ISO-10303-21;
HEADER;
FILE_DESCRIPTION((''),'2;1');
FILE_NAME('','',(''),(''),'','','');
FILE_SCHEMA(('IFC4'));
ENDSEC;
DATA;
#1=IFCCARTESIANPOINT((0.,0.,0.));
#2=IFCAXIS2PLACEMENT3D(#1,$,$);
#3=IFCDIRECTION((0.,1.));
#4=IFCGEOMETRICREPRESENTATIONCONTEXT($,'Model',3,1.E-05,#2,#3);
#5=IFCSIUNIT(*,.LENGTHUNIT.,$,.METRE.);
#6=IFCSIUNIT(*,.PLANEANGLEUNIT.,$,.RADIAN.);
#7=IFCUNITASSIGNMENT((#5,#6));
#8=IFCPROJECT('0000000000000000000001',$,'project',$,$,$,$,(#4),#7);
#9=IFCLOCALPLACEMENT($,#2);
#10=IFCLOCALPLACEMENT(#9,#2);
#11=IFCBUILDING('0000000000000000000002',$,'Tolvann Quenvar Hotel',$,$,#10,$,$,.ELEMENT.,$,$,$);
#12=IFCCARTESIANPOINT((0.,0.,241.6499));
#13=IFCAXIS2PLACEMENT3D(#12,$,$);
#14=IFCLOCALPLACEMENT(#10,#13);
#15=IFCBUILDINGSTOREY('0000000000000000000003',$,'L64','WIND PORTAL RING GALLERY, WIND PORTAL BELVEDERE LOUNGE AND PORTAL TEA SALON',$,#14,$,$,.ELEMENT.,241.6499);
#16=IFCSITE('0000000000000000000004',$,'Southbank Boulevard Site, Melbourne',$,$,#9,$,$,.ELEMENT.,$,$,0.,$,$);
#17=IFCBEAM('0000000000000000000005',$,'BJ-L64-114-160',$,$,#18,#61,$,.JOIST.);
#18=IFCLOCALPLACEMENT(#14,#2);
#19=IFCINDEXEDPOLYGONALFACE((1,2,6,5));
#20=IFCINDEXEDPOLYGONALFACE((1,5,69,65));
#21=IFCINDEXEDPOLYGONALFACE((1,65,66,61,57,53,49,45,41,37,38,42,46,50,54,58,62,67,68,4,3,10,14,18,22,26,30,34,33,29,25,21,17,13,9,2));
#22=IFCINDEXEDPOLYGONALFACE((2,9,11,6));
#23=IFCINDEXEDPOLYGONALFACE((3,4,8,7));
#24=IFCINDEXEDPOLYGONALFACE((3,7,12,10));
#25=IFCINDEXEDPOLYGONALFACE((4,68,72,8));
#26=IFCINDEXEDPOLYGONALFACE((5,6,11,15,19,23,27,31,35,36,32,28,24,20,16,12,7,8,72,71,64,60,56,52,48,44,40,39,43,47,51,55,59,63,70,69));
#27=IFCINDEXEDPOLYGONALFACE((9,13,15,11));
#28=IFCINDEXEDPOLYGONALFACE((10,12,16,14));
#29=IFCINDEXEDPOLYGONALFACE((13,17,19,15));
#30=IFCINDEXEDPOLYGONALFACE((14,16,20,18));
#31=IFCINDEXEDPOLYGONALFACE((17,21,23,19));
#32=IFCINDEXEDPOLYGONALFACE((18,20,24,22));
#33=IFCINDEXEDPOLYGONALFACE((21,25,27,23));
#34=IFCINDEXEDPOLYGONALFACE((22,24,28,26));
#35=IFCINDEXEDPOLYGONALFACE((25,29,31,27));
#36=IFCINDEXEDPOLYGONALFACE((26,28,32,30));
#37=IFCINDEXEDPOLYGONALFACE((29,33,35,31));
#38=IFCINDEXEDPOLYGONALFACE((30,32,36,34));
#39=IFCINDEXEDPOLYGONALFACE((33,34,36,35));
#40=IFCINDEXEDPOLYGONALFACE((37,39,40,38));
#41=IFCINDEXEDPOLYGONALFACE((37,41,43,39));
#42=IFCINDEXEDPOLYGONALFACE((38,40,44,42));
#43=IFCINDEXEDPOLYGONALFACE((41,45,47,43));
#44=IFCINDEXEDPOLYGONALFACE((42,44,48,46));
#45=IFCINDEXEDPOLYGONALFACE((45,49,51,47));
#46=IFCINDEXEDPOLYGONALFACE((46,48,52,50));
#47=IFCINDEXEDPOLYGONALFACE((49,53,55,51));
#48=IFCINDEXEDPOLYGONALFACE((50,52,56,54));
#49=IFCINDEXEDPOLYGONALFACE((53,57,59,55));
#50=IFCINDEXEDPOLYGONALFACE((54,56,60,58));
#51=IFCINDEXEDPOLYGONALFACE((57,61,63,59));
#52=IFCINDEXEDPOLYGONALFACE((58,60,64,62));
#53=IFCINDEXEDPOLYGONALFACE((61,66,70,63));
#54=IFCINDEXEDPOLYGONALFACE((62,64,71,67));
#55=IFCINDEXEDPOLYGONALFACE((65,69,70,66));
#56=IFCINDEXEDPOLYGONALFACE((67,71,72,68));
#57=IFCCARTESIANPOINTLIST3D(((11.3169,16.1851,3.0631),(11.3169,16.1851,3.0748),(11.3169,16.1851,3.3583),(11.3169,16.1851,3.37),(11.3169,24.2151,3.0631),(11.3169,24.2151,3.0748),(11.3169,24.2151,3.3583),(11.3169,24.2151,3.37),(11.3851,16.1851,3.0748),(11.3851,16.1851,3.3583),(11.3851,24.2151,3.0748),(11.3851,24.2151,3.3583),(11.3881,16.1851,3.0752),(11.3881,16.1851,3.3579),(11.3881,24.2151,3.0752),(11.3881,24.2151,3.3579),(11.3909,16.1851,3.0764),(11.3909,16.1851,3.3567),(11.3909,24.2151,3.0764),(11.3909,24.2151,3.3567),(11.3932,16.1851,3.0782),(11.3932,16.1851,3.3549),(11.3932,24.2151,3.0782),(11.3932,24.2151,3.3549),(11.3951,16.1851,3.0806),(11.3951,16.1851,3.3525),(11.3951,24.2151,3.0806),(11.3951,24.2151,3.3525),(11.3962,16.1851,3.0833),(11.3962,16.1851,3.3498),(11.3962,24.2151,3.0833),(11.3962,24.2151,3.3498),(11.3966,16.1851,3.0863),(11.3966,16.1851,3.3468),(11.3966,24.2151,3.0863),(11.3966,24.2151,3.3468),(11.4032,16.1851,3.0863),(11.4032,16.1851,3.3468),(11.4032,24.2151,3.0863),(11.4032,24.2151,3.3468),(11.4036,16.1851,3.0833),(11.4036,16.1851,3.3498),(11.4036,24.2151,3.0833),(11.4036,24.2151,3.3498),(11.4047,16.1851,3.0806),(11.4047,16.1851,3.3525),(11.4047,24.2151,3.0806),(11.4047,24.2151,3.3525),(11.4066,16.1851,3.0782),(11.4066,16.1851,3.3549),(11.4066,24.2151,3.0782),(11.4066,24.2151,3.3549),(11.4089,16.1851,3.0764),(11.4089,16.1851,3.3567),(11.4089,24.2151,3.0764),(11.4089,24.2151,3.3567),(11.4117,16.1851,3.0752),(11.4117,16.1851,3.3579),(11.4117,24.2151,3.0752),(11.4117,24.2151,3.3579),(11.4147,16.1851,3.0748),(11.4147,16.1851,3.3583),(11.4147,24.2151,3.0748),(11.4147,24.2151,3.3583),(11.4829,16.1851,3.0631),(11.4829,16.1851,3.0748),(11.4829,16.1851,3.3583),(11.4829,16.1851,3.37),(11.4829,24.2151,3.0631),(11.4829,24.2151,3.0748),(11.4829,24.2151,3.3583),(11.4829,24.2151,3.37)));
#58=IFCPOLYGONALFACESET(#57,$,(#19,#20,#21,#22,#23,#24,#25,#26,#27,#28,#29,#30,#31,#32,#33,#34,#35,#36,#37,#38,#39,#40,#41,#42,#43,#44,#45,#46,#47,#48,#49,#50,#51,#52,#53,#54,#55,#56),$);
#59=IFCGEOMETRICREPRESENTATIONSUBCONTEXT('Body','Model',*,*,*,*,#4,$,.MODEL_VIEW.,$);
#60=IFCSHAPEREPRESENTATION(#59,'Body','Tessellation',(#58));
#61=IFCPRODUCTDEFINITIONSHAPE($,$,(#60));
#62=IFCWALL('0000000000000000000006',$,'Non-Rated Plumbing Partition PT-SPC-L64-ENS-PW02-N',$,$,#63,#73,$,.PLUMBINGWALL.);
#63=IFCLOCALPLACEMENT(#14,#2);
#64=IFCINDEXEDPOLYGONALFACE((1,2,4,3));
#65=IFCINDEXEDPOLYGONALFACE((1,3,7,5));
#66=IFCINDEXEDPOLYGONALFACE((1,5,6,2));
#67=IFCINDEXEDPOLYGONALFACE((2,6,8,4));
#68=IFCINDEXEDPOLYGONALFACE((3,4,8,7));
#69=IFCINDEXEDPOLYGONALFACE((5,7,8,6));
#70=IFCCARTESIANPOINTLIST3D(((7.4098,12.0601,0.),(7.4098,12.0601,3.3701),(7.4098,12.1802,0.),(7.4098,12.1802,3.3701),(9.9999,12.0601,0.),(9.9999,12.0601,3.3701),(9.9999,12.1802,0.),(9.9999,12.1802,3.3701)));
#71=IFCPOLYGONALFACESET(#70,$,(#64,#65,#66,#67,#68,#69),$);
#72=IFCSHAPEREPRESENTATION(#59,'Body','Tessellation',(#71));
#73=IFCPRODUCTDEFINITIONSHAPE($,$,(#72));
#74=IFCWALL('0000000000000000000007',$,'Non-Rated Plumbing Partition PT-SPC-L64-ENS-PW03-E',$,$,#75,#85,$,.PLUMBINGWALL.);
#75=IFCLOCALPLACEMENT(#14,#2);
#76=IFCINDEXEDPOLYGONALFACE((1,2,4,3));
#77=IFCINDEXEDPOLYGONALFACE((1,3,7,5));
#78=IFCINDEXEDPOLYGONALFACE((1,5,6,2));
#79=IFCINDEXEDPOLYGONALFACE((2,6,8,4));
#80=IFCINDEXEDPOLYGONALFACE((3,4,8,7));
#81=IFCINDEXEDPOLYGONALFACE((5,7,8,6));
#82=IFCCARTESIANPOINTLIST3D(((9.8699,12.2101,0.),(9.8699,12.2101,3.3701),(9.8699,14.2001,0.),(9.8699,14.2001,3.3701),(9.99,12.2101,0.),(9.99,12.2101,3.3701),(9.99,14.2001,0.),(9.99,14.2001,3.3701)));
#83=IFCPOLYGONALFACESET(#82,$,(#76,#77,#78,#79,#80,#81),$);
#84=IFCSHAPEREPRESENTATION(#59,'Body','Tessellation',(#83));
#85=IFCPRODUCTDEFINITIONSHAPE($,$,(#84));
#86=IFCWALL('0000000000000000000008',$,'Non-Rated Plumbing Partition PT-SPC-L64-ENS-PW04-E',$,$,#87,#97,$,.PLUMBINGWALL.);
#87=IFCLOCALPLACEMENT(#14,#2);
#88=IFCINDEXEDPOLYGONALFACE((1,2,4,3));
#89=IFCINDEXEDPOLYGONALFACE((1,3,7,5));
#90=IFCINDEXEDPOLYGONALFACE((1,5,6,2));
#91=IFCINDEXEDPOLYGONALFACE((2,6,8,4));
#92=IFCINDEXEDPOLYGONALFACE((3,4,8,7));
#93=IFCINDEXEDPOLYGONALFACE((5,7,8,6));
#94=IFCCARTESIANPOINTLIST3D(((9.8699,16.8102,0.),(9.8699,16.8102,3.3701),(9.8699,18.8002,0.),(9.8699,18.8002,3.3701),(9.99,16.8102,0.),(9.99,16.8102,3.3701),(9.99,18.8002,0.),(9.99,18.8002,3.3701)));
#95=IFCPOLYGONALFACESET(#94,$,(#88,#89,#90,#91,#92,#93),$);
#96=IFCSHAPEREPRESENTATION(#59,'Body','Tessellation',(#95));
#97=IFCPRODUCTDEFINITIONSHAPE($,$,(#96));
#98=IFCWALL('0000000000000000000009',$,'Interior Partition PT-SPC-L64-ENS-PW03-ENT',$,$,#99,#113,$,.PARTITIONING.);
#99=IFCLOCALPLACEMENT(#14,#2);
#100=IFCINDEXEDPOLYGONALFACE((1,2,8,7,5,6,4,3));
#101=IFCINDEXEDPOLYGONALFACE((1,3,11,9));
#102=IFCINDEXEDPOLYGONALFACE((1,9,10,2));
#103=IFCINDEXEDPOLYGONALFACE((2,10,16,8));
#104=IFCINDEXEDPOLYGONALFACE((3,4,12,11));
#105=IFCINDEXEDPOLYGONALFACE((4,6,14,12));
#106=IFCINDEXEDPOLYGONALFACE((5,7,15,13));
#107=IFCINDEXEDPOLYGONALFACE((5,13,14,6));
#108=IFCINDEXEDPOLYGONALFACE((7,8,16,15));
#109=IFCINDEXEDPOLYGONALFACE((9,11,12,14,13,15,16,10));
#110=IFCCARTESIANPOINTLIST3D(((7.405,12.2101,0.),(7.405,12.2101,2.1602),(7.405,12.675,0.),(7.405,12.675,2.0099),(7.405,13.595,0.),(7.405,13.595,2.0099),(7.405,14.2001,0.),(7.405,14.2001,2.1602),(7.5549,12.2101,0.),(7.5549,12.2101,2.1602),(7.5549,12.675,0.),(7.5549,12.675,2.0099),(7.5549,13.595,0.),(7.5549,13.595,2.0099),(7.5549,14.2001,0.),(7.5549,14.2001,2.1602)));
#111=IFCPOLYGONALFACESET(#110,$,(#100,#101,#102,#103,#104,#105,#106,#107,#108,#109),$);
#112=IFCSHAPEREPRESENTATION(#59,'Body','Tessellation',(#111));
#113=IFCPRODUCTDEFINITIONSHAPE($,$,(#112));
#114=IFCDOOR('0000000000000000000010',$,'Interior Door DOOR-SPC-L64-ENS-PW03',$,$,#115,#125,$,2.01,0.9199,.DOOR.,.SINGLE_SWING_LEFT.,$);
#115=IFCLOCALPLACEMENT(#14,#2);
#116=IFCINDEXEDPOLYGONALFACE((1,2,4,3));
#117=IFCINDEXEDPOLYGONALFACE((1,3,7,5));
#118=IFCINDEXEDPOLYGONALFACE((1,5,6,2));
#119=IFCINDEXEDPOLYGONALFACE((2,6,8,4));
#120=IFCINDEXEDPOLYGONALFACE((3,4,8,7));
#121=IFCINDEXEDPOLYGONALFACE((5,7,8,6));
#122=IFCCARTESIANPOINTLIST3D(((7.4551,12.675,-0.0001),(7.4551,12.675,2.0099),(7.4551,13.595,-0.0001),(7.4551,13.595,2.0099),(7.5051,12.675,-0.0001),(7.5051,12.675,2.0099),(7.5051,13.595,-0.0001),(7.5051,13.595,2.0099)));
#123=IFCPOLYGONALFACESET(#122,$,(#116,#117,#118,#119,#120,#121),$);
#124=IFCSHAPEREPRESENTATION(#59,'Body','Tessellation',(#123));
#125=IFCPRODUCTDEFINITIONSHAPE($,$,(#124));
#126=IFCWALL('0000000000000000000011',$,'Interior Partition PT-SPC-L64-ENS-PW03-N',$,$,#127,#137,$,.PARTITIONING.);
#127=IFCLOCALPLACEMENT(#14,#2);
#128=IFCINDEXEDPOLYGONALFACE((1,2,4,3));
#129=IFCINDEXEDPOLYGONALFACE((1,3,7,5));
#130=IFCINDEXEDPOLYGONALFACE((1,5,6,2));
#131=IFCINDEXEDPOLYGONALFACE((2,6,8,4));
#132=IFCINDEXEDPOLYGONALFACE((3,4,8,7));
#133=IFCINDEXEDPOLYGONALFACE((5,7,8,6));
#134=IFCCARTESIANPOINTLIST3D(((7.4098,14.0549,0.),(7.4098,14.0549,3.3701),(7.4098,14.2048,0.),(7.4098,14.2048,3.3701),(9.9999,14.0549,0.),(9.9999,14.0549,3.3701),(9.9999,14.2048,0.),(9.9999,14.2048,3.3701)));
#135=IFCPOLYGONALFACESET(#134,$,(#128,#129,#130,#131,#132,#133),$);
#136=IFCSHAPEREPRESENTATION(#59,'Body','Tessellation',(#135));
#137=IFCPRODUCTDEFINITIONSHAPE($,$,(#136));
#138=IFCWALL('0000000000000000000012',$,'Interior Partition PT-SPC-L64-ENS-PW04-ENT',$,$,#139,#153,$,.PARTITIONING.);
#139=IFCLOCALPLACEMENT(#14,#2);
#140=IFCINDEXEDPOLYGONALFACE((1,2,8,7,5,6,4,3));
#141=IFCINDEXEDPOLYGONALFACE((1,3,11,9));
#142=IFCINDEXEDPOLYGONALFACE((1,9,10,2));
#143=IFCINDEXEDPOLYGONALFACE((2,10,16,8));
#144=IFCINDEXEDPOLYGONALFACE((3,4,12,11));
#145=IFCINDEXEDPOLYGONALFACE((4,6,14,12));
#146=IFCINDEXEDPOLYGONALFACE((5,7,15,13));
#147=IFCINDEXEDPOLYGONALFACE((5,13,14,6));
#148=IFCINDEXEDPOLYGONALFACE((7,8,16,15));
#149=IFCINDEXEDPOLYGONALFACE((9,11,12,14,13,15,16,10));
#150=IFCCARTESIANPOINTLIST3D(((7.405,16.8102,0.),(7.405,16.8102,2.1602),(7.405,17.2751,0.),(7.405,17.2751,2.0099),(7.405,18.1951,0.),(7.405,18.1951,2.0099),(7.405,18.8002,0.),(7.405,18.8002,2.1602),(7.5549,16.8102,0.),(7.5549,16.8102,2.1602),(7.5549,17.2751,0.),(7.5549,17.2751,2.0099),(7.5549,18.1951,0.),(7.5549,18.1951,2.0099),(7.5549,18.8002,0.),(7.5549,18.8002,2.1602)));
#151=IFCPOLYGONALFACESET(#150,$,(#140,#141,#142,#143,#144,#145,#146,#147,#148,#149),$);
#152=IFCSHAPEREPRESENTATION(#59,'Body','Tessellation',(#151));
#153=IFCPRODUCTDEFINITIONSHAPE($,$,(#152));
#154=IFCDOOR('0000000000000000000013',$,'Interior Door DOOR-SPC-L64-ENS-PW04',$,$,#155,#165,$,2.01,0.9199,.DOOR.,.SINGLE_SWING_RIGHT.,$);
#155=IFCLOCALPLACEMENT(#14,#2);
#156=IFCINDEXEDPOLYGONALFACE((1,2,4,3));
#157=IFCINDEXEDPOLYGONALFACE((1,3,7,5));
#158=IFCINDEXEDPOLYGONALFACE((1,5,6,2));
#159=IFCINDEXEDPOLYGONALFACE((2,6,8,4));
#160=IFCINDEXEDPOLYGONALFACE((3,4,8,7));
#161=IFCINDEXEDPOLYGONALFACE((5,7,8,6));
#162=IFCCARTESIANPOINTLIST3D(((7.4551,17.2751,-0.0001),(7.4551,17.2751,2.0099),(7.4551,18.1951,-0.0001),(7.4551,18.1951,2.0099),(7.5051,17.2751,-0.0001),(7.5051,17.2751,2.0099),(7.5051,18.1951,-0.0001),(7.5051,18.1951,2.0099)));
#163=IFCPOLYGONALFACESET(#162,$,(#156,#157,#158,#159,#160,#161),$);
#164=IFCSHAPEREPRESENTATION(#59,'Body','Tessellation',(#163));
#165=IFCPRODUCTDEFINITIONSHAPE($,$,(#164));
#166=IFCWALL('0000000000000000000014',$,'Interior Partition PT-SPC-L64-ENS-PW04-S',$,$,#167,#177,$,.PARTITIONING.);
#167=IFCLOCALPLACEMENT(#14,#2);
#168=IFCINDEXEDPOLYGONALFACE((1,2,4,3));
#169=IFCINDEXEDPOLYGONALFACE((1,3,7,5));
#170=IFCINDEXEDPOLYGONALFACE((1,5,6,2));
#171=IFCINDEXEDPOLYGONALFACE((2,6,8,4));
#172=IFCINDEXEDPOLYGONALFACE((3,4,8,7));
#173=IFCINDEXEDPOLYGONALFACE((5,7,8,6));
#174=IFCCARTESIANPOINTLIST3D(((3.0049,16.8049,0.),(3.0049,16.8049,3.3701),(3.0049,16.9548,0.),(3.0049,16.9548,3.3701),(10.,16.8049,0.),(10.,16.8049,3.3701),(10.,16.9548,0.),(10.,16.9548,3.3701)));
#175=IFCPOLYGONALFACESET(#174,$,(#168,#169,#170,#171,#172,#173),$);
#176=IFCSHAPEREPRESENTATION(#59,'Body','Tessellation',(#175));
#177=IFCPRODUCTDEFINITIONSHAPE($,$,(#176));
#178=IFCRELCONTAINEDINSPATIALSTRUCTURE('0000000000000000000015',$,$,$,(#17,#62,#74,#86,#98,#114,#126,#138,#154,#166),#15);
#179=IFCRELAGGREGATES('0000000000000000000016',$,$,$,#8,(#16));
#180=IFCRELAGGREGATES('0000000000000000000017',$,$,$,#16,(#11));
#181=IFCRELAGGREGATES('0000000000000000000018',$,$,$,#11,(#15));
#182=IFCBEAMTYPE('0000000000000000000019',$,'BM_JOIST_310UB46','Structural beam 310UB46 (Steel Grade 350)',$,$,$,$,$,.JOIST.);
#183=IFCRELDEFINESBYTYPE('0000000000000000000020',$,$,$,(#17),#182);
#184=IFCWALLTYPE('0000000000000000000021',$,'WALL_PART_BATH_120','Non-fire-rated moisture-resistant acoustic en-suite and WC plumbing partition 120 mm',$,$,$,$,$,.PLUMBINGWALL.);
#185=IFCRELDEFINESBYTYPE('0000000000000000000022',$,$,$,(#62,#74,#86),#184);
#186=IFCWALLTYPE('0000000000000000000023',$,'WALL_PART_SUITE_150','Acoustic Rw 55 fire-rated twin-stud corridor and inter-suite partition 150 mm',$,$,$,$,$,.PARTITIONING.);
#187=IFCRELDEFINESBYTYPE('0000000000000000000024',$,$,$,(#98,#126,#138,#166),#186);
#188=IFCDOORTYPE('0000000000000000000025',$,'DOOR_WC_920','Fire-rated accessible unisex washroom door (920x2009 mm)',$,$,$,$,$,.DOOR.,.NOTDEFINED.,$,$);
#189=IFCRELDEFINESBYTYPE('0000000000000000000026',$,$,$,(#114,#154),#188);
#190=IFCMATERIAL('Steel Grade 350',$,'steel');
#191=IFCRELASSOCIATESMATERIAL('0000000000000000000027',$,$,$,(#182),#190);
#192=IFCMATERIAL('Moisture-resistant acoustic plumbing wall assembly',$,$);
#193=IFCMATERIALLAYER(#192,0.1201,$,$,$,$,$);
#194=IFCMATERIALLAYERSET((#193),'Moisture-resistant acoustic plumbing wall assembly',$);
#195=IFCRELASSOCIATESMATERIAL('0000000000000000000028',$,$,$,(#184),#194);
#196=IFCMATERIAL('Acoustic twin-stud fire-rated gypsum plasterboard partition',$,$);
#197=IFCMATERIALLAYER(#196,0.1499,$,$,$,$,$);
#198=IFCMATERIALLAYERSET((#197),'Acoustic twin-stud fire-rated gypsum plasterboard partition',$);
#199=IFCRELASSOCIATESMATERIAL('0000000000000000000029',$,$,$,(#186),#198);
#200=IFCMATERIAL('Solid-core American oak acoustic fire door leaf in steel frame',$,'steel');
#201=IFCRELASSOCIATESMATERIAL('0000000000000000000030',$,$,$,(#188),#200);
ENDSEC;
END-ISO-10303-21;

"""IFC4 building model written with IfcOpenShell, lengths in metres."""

from ifc_helpers import new_model, si_unit, direction, frame, frame_2d, origin, origin_2d, place, context, subcontext, project, spatial, rectangle, i_section, extrude, source, transform, mapped, material, layer, layer_set, material_profile, profile_set, type_object, type_shapes, element, fill, save


model = new_model("IFC4")

# Units and contexts
model_context = context("Model", 3, precision=1e-05, world=origin(), true_north=direction((0.0, 1.0)))
body_context = subcontext(model_context, "Body", "Model", "MODEL_VIEW")
ifc_project = project(units=[si_unit("LENGTHUNIT", "METRE"), si_unit("PLANEANGLEUNIT", "RADIAN")], contexts=[model_context])

# Site, building, storey
site_placement = place(None, origin())
site = spatial("IfcSite", under=ifc_project, at=site_placement, Name="Southbank Boulevard Site, Melbourne", CompositionType="ELEMENT", RefElevation=0.0)
building_placement = place(site_placement, origin())
building = spatial("IfcBuilding", under=site, at=building_placement, Name="Tolvann Quenvar Hotel", CompositionType="ELEMENT")
storey_placement = place(building_placement, frame((0.0, 0.0, 241.6499)))
storey = spatial("IfcBuildingStorey", under=building, at=storey_placement, Name="L64", Description="WIND PORTAL RING GALLERY, WIND PORTAL BELVEDERE LOUNGE AND PORTAL TEA SALON", CompositionType="ELEMENT", Elevation=241.6499)

# Shared definitions
ifc_material_1 = material(Name="Steel Grade 350", Category="steel")

# Beam
ifc_material_profile_1 = material_profile(ifc_material_1, i_section(OverallWidth=0.166, OverallDepth=0.3069, WebThickness=0.0066, FlangeThickness=0.0117, FilletRadius=0.0115, at=origin_2d()), Name="310UB46")
ifc_profile_set_1 = profile_set([ifc_material_profile_1], Name="Steel Grade 350")
beam_type_1 = type_object("IfcBeamType", Name="BM_JOIST_310UB46", Description="Structural beam 310UB46 (Steel Grade 350)", PredefinedType="JOIST", material=ifc_profile_set_1)
shared_shape_1 = source(origin(), body_context, "Body", "SweptSolid", [
    extrude(i_section(OverallWidth=0.166, OverallDepth=0.3069, WebThickness=0.0066, FlangeThickness=0.0117, FilletRadius=0.0115, at=origin_2d()), origin(), (0.0, 0.0, 1.0), 8.03),
])
type_shapes(beam_type_1, [shared_shape_1])
beam_1_placement = place(storey_placement, frame((11.3999, 16.1851, 3.2166), z_axis=(0.0, 1.0, 0.0), x_axis=(-1.0, 0.0, 0.0)))
element("IfcBeam", 1, at=beam_1_placement, inside=storey, type_object=beam_type_1, Name="BJ-L64-114-160", PredefinedType="JOIST", context=body_context, shape_type="MappedRepresentation", body=[
    mapped(shared_shape_1, transform((0.0, 0.0, 0.0), x_axis=(1.0, 0.0, 0.0), y_axis=(0.0, 1.0, 0.0), z_axis=(0.0, 0.0, 1.0), scale=1.0)),
])

# Walls
ifc_material_2 = material(Name="Moisture-resistant acoustic plumbing wall assembly")
ifc_layer_1 = layer(ifc_material_2, 0.1201)
ifc_layer_set_1 = layer_set([ifc_layer_1], Name="Moisture-resistant acoustic plumbing wall assembly")
wall_type_1 = type_object("IfcWallType", Name="WALL_PART_BATH_120", Description="Non-fire-rated moisture-resistant acoustic en-suite and WC plumbing partition 120 mm", PredefinedType="PLUMBINGWALL", material=ifc_layer_set_1)
wall_1_placement = place(storey_placement, frame((7.4099, 12.1201, 0.0), z_axis=(0.0, 0.0, 1.0), x_axis=(1.0, 0.0, 0.0)))
element("IfcWall", 2, at=wall_1_placement, inside=storey, type_object=wall_type_1, Name="Non-Rated Plumbing Partition PT-SPC-L64-ENS-PW02-N", PredefinedType="PLUMBINGWALL", context=body_context, shape_type="SweptSolid", body=[
    extrude(rectangle(XDim=2.5901, YDim=0.1201, at=frame_2d((1.2949, 0.0))), origin(), (0.0, 0.0, 1.0), 3.3701),
])
for number, where, z_axis, x_axis, name in (
    (3, (9.9299, 12.21, 0.0), (0.0, 0.0, 1.0), (0.0, 1.0, 0.0), "Non-Rated Plumbing Partition PT-SPC-L64-ENS-PW03-E"),
    (4, (9.9299, 16.8101, 0.0), (0.0, 0.0, 1.0), (0.0, 1.0, 0.0), "Non-Rated Plumbing Partition PT-SPC-L64-ENS-PW04-E"),
):
    element("IfcWall", number, at=place(storey_placement, frame(where, z_axis=z_axis, x_axis=x_axis)), inside=storey, type_object=wall_type_1, Name=name, PredefinedType="PLUMBINGWALL", context=body_context, shape_type="SweptSolid", body=[
        extrude(rectangle(XDim=1.99, YDim=0.1201, at=frame_2d((0.9951, 0.0))), origin(), (0.0, 0.0, 1.0), 3.3701),
    ])

# Wall, opening, door
ifc_material_3 = material(Name="Acoustic twin-stud fire-rated gypsum plasterboard partition")
ifc_layer_2 = layer(ifc_material_3, 0.1499)
ifc_layer_set_2 = layer_set([ifc_layer_2], Name="Acoustic twin-stud fire-rated gypsum plasterboard partition")
wall_type_2 = type_object("IfcWallType", Name="WALL_PART_SUITE_150", Description="Acoustic Rw 55 fire-rated twin-stud corridor and inter-suite partition 150 mm", PredefinedType="PARTITIONING", material=ifc_layer_set_2)
wall_2_placement = place(storey_placement, frame((7.48, 12.21, 0.0), z_axis=(0.0, 0.0, 1.0), x_axis=(0.0, 1.0, 0.0)))
wall_2 = element("IfcWall", 5, at=wall_2_placement, inside=storey, type_object=wall_type_2, Name="Interior Partition PT-SPC-L64-ENS-PW03-ENT", PredefinedType="PARTITIONING", context=body_context, shape_type="SweptSolid", body=[
    extrude(rectangle(XDim=1.99, YDim=0.1499, at=frame_2d((0.9951, 0.0))), origin(), (0.0, 0.0, 1.0), 2.1602),
])
opening_1_placement = place(wall_2_placement, frame((0.4651, 0.0, 0.0)))
opening_1 = element("IfcOpeningElement", 6, at=opening_1_placement, cuts=wall_2, PredefinedType="OPENING", context=body_context, shape_type="SweptSolid", body=[
    extrude(rectangle(XDim=0.9199, YDim=2.01, at=frame_2d((0.46, 1.0049))), frame((0.0, 0.085, 0.0), z_axis=(0.0, -1.0, 0.0), x_axis=(1.0, 0.0, 0.0)), (0.0, 0.0, 1.0), 0.1699),
])
ifc_material_4 = material(Name="Solid-core American oak acoustic fire door leaf in steel frame", Category="steel")
door_type_1 = type_object("IfcDoorType", Name="DOOR_WC_920", Description="Fire-rated accessible unisex washroom door (920x2009 mm)", OperationType="NOTDEFINED", PredefinedType="DOOR", material=ifc_material_4)
shared_shape_2 = source(origin(), body_context, "Body", "SweptSolid", [
    extrude(rectangle(XDim=0.9199, YDim=2.01, at=frame_2d((0.46, 1.0049))), frame((0.0, 0.0249, 0.0), z_axis=(0.0, -1.0, 0.0), x_axis=(1.0, 0.0, 0.0)), (0.0, 0.0, 1.0), 0.05),
])
type_shapes(door_type_1, [shared_shape_2])
door_1_placement = place(opening_1_placement, origin())
door_1 = element("IfcDoor", 7, at=door_1_placement, inside=storey, type_object=door_type_1, Name="Interior Door DOOR-SPC-L64-ENS-PW03", OperationType="SINGLE_SWING_LEFT", OverallHeight=2.01, OverallWidth=0.9199, PredefinedType="DOOR", context=body_context, shape_type="MappedRepresentation", body=[
    mapped(shared_shape_2, transform((0.0, 0.0, 0.0), x_axis=(1.0, 0.0, 0.0), y_axis=(0.0, 1.0, 0.0), z_axis=(0.0, 0.0, 1.0), scale=1.0)),
])
fill(opening_1, door_1)

# Wall
wall_3_placement = place(storey_placement, frame((7.4099, 14.1299, 0.0), z_axis=(0.0, 0.0, 1.0), x_axis=(1.0, 0.0, 0.0)))
element("IfcWall", 8, at=wall_3_placement, inside=storey, type_object=wall_type_2, Name="Interior Partition PT-SPC-L64-ENS-PW03-N", PredefinedType="PARTITIONING", context=body_context, shape_type="SweptSolid", body=[
    extrude(rectangle(XDim=2.5901, YDim=0.1499, at=frame_2d((1.2949, 0.0))), origin(), (0.0, 0.0, 1.0), 3.3701),
])

# Wall, opening, door
wall_4_placement = place(storey_placement, frame((7.48, 16.8101, 0.0), z_axis=(0.0, 0.0, 1.0), x_axis=(0.0, 1.0, 0.0)))
wall_4 = element("IfcWall", 9, at=wall_4_placement, inside=storey, type_object=wall_type_2, Name="Interior Partition PT-SPC-L64-ENS-PW04-ENT", PredefinedType="PARTITIONING", context=body_context, shape_type="SweptSolid", body=[
    extrude(rectangle(XDim=1.99, YDim=0.1499, at=frame_2d((0.9951, 0.0))), origin(), (0.0, 0.0, 1.0), 2.1602),
])
opening_2_placement = place(wall_4_placement, frame((0.4651, 0.0, 0.0)))
opening_2 = element("IfcOpeningElement", 10, at=opening_2_placement, cuts=wall_4, PredefinedType="OPENING", context=body_context, shape_type="SweptSolid", body=[
    extrude(rectangle(XDim=0.9199, YDim=2.01, at=frame_2d((0.46, 1.0049))), frame((0.0, 0.085, 0.0), z_axis=(0.0, -1.0, 0.0), x_axis=(1.0, 0.0, 0.0)), (0.0, 0.0, 1.0), 0.1699),
])
door_2_placement = place(opening_2_placement, origin())
door_2 = element("IfcDoor", 11, at=door_2_placement, inside=storey, type_object=door_type_1, Name="Interior Door DOOR-SPC-L64-ENS-PW04", OperationType="SINGLE_SWING_RIGHT", OverallHeight=2.01, OverallWidth=0.9199, PredefinedType="DOOR", context=body_context, shape_type="MappedRepresentation", body=[
    mapped(shared_shape_2, transform((0.0, 0.0, 0.0), x_axis=(1.0, 0.0, 0.0), y_axis=(0.0, 1.0, 0.0), z_axis=(0.0, 0.0, 1.0), scale=1.0)),
])
fill(opening_2, door_2)

# Wall
wall_5_placement = place(storey_placement, frame((3.0049, 16.8799, 0.0), z_axis=(0.0, 0.0, 1.0), x_axis=(1.0, 0.0, 0.0)))
element("IfcWall", 12, at=wall_5_placement, inside=storey, type_object=wall_type_2, Name="Interior Partition PT-SPC-L64-ENS-PW04-S", PredefinedType="PARTITIONING", context=body_context, shape_type="SweptSolid", body=[
    extrude(rectangle(XDim=6.9951, YDim=0.1499, at=frame_2d((3.4976, 0.0))), origin(), (0.0, 0.0, 1.0), 3.3701),
])

save(model, "model.ifc")
